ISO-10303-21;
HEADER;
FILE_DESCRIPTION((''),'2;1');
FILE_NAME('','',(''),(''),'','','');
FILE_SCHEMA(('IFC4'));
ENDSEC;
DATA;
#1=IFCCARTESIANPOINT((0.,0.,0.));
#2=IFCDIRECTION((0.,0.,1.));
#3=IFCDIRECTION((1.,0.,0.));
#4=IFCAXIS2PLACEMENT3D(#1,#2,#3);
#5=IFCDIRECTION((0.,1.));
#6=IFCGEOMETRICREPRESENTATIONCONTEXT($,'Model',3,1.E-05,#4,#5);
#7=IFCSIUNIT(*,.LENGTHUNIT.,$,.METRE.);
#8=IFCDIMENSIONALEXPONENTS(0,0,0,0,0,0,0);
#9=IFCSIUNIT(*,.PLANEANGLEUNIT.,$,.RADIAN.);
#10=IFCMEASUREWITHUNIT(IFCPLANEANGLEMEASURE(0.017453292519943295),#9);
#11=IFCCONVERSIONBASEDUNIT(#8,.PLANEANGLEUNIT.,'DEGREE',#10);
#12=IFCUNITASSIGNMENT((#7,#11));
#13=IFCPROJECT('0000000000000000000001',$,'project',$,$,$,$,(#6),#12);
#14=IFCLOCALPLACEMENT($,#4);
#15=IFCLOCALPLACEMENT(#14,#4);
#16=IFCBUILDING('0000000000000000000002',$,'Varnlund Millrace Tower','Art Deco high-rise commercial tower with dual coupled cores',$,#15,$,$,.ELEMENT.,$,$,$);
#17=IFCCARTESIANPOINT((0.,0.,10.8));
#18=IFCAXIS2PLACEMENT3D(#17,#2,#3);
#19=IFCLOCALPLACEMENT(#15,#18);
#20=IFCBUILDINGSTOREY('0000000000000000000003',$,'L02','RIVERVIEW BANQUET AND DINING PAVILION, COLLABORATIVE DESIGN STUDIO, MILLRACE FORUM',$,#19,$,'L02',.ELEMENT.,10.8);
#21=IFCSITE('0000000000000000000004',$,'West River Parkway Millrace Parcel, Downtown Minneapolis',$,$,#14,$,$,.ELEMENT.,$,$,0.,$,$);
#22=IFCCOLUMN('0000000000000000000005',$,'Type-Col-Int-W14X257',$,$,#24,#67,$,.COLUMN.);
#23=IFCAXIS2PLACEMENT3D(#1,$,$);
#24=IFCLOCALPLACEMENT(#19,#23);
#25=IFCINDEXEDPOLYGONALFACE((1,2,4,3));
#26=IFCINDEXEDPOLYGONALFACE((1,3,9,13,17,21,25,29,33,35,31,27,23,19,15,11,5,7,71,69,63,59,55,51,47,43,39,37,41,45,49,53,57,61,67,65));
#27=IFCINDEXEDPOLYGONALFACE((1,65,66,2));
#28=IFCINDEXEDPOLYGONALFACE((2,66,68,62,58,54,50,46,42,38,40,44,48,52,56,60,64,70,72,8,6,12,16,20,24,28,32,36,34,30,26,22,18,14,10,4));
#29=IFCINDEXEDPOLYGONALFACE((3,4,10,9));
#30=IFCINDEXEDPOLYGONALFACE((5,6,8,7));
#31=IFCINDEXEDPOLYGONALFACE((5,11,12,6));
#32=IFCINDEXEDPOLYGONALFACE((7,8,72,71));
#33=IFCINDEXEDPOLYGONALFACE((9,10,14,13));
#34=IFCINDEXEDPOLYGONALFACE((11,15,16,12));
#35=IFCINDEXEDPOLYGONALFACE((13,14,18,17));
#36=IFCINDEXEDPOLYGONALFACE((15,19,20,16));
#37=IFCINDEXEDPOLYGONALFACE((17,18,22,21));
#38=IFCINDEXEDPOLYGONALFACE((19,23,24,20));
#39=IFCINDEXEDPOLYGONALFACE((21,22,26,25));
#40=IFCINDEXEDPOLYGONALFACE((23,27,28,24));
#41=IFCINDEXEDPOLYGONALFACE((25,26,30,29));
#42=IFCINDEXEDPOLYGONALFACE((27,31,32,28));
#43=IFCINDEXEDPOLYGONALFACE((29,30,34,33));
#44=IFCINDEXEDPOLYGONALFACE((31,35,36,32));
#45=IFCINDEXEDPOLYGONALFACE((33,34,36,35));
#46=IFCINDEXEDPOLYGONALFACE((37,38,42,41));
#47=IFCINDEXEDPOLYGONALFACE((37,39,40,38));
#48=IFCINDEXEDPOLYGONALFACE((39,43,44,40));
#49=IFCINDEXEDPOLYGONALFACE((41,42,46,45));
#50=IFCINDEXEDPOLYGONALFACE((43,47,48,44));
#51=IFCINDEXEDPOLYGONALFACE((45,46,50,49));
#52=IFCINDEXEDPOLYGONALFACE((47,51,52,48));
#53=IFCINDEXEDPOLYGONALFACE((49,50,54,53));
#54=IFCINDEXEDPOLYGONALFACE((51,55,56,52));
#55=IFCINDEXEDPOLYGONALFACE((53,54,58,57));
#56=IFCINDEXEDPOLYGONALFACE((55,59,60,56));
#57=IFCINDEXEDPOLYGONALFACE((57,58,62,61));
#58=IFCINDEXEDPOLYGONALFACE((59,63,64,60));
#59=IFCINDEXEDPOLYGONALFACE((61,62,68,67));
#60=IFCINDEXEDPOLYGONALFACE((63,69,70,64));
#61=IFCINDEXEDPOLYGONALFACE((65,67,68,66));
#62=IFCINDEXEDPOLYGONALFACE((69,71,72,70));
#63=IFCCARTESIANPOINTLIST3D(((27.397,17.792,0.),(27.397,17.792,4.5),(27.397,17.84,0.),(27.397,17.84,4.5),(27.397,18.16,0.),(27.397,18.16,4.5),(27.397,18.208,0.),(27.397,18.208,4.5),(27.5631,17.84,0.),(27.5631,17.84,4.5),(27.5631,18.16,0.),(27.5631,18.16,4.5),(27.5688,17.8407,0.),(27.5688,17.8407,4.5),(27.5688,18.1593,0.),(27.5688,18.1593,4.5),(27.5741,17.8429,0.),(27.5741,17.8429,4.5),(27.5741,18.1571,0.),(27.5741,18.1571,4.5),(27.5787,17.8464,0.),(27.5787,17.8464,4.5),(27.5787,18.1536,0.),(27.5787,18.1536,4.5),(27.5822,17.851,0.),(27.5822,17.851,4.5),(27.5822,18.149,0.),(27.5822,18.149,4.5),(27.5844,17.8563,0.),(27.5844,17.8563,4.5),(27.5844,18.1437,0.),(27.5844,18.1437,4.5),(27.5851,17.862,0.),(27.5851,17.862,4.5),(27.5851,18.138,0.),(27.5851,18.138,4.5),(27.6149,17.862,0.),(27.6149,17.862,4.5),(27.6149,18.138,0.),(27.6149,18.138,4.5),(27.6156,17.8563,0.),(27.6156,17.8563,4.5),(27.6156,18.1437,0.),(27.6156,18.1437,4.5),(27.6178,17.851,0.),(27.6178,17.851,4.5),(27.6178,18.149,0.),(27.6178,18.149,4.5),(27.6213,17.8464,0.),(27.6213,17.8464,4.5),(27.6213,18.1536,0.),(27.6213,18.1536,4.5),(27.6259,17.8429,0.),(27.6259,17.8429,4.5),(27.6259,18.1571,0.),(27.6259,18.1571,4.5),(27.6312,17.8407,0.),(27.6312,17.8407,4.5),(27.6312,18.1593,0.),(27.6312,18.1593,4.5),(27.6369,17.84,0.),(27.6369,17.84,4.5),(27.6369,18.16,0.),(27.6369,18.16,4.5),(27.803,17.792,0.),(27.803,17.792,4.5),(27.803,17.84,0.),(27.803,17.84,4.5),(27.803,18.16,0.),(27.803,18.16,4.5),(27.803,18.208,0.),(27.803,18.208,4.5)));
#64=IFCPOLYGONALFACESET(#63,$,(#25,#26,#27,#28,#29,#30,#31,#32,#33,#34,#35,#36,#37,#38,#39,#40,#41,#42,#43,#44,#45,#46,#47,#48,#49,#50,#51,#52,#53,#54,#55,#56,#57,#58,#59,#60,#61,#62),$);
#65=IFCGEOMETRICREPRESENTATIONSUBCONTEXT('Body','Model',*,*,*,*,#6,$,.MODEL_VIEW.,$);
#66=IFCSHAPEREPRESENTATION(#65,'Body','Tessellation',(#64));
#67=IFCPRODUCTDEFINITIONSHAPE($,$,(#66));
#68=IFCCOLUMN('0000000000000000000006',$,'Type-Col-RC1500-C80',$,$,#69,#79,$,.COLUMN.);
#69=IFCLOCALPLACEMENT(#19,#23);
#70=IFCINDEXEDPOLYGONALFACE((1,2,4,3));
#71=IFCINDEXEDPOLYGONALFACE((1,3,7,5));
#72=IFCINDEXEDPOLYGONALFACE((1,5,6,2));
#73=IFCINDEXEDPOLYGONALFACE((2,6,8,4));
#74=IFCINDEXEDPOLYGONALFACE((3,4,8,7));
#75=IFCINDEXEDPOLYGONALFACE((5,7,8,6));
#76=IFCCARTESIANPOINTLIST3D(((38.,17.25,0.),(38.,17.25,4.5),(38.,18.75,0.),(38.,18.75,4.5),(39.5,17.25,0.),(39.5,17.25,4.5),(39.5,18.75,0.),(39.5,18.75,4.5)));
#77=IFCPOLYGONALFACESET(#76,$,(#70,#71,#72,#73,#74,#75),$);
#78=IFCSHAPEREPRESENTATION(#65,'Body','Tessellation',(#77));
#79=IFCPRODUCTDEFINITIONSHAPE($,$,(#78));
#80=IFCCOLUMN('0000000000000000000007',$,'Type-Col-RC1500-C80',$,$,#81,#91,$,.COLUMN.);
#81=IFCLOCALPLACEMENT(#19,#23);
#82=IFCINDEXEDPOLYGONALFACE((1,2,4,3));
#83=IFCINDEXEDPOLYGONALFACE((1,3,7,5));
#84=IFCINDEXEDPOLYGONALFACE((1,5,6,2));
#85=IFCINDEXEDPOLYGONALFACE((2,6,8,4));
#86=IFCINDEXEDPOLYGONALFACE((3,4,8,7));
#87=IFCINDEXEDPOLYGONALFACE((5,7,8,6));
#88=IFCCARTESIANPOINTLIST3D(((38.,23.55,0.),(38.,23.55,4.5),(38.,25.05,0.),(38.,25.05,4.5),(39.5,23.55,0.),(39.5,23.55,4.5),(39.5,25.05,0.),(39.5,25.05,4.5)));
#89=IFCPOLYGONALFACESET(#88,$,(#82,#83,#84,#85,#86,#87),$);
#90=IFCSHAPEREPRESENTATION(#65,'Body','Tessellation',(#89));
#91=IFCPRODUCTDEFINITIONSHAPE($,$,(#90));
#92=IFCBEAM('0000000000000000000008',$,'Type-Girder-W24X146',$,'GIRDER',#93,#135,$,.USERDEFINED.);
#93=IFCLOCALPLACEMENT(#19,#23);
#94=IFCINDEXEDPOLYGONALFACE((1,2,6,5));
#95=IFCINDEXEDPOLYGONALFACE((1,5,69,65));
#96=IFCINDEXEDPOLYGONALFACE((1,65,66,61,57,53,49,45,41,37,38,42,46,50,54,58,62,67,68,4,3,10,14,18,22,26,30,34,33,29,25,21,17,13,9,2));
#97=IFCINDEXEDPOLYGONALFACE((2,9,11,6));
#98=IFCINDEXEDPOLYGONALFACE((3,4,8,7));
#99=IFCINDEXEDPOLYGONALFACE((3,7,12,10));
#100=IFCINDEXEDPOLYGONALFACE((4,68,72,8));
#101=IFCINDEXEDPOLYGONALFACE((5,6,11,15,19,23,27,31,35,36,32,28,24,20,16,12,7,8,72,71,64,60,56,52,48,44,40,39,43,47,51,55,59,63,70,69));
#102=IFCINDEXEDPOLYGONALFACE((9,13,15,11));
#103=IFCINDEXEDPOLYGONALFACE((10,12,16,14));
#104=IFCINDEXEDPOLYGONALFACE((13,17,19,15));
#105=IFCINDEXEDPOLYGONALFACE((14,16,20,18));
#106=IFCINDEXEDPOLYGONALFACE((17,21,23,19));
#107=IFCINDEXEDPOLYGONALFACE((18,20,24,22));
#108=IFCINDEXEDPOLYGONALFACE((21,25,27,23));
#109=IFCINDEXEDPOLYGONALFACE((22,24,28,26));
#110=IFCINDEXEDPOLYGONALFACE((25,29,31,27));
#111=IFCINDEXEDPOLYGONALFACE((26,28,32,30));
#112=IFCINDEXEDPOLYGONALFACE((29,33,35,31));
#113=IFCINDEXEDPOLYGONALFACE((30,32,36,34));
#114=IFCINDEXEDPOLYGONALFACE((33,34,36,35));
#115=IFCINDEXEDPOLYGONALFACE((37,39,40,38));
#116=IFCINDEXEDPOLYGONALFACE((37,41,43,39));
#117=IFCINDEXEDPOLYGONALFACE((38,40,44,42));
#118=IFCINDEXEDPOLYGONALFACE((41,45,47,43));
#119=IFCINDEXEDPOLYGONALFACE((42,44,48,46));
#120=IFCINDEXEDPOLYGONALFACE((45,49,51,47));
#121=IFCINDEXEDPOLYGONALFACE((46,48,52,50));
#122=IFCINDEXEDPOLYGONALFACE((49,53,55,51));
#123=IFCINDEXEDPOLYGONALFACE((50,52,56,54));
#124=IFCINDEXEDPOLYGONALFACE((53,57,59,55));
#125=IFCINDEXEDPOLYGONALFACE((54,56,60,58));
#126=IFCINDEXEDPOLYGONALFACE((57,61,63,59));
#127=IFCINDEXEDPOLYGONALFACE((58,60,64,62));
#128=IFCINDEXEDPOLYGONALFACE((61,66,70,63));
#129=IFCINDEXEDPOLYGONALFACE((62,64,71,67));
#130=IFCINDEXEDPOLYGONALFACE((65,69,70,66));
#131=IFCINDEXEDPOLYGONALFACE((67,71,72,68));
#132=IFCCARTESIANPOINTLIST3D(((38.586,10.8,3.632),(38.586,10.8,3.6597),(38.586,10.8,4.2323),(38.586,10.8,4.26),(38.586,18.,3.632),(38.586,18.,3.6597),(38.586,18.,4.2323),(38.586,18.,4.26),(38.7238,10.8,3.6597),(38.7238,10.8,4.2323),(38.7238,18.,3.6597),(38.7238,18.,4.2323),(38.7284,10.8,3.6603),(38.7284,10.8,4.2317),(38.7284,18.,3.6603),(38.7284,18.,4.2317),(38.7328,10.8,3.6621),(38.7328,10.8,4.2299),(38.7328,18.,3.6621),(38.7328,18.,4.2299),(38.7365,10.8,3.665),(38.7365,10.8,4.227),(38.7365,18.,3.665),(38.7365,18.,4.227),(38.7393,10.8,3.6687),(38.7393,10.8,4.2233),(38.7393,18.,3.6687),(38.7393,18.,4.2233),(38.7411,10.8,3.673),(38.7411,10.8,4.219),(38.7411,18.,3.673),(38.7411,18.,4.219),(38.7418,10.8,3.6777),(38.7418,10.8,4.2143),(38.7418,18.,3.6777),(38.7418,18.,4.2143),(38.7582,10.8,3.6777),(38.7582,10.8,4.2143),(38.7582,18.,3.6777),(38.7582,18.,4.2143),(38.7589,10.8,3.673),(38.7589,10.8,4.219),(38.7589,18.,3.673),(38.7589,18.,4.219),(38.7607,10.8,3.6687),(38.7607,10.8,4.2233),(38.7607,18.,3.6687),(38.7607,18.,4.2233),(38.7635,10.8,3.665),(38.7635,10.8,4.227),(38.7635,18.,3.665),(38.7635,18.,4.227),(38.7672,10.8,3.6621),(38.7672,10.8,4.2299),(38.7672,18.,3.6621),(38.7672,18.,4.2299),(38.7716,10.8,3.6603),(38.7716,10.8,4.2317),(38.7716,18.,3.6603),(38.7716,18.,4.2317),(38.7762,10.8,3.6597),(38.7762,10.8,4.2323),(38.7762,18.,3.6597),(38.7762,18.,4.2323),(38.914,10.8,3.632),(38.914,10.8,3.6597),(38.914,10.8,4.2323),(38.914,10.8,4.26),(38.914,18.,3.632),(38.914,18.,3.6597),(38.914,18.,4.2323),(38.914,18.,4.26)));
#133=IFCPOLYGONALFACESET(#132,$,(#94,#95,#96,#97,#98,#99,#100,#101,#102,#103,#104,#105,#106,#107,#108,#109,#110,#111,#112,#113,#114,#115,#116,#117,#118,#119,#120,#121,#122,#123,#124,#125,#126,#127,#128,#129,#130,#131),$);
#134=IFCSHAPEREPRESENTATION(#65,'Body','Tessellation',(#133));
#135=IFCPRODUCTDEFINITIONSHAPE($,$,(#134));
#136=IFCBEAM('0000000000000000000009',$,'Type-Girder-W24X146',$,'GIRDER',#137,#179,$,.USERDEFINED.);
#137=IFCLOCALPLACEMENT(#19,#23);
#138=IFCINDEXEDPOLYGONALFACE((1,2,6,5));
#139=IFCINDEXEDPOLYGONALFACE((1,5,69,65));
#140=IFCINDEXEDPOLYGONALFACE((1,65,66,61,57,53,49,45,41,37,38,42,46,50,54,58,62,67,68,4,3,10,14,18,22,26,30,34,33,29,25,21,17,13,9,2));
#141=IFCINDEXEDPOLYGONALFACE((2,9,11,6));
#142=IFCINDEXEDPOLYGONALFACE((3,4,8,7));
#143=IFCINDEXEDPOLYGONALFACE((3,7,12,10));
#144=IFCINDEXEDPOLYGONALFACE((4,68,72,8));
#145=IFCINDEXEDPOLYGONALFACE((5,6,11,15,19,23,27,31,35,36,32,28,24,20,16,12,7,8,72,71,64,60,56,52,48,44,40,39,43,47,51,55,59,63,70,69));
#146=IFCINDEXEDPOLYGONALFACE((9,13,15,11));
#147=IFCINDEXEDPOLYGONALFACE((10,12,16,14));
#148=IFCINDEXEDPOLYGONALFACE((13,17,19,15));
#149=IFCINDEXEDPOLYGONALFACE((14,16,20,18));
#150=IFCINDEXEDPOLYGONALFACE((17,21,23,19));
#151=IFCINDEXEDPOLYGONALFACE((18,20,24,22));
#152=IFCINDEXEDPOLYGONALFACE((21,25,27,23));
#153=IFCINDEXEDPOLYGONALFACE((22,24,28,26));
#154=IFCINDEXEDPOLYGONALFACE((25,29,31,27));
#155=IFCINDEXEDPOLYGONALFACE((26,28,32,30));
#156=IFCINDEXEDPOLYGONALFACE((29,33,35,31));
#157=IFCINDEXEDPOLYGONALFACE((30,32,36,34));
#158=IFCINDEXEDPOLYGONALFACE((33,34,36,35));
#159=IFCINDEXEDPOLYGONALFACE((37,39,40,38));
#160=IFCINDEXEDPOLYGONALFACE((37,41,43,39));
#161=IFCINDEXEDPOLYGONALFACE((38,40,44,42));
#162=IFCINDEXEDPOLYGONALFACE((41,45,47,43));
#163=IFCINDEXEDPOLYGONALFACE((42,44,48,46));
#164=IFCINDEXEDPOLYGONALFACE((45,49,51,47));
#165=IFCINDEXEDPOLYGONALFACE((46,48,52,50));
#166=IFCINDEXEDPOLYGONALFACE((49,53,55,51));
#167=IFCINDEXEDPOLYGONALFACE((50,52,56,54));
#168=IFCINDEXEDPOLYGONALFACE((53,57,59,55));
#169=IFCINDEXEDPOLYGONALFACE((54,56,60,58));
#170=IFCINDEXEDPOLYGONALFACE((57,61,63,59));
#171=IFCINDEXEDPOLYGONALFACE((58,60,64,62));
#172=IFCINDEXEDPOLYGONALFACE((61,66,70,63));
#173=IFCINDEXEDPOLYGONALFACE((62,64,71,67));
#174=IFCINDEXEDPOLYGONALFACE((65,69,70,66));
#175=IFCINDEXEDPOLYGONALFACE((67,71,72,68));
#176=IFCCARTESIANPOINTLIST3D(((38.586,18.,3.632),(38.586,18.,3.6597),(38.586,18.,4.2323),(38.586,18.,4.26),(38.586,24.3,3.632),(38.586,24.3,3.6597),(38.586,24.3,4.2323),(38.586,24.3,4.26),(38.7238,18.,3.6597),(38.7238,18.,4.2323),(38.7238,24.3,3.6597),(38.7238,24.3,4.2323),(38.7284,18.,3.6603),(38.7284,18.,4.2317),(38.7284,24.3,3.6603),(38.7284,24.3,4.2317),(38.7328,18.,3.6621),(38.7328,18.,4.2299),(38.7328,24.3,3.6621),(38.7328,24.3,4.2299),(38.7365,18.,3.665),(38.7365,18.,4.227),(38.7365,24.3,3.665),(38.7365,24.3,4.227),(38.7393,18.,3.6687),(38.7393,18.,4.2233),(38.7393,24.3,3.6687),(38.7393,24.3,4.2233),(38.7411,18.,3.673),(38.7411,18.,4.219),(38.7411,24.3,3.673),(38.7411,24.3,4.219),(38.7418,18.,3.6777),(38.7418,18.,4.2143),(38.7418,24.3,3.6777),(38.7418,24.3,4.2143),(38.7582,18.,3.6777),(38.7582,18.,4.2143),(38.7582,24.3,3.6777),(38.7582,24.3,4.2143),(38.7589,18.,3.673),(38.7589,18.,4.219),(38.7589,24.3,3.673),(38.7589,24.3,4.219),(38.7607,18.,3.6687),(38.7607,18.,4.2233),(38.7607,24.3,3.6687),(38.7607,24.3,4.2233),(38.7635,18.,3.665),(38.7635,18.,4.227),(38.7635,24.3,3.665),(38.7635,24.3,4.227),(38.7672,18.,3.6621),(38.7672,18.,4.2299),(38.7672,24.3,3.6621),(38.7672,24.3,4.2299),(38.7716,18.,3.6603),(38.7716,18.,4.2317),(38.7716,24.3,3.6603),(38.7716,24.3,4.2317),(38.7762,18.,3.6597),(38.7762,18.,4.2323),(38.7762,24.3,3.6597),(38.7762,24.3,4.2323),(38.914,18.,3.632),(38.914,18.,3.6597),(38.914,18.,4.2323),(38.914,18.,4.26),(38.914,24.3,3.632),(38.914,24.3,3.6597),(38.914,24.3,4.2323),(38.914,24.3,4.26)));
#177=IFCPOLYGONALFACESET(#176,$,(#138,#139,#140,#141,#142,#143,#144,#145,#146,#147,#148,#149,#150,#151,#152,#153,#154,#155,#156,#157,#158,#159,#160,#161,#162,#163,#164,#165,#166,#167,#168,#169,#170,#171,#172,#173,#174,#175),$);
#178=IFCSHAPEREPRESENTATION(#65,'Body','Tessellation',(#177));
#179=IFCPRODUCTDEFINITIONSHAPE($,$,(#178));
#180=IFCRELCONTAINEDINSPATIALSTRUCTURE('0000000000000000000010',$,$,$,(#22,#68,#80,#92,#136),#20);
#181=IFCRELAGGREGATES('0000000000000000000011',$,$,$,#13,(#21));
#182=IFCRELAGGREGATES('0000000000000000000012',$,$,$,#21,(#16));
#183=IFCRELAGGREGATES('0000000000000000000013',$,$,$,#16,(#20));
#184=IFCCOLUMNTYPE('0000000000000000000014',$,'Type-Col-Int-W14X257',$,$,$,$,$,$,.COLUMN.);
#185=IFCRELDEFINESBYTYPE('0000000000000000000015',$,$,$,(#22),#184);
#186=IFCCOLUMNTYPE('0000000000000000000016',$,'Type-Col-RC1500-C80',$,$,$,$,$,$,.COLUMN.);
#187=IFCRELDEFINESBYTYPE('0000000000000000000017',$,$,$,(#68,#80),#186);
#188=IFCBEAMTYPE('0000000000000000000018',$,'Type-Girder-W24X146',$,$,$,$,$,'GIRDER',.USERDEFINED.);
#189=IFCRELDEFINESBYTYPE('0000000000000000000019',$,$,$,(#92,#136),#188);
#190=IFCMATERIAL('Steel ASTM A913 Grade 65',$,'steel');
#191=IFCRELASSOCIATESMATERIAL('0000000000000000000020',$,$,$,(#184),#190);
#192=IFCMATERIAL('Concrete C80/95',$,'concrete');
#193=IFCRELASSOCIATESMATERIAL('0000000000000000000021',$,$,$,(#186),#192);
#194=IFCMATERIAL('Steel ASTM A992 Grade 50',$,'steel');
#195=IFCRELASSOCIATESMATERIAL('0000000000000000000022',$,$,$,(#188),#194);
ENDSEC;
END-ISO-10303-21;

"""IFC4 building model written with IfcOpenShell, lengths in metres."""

from ifc_helpers import new_model, entity, si_unit, converted_unit, direction, frame, origin_with_axes, origin_2d_with_axis, place, context, subcontext, project, spatial, rectangle, i_section, extrude, material, material_profile, profile_set, type_object, element, save


model = new_model("IFC4")

# Units and contexts
model_context = context("Model", 3, precision=1e-05, world=origin_with_axes(), true_north=direction((0.0, 1.0)))
body_context = subcontext(model_context, "Body", "Model", "MODEL_VIEW")
ifc_project = project(units=[si_unit("LENGTHUNIT", "METRE"), converted_unit("PLANEANGLEUNIT", "DEGREE", entity("IfcPlaneAngleMeasure", 0.017453292519943295), si_unit("PLANEANGLEUNIT", "RADIAN"), dimensions=[0, 0, 0, 0, 0, 0, 0])], contexts=[model_context])

# Site, building, storey
site_placement = place(None, origin_with_axes())
site = spatial("IfcSite", under=ifc_project, at=site_placement, Name="West River Parkway Millrace Parcel, Downtown Minneapolis", CompositionType="ELEMENT", RefElevation=0.0)
building_placement = place(site_placement, origin_with_axes())
building = spatial("IfcBuilding", under=site, at=building_placement, Name="Varnlund Millrace Tower", Description="Art Deco high-rise commercial tower with dual coupled cores", CompositionType="ELEMENT")
storey_placement = place(building_placement, frame((0.0, 0.0, 10.8), z_axis=(0.0, 0.0, 1.0), x_axis=(1.0, 0.0, 0.0)))
storey = spatial("IfcBuildingStorey", under=building, at=storey_placement, Name="L02", Description="RIVERVIEW BANQUET AND DINING PAVILION, COLLABORATIVE DESIGN STUDIO, MILLRACE FORUM", LongName="L02", CompositionType="ELEMENT", Elevation=10.8)

# Columns
ifc_material_1 = material(Name="Steel ASTM A913 Grade 65", Category="steel")
ifc_material_profile_1 = material_profile(ifc_material_1, i_section(OverallWidth=0.406, OverallDepth=0.416, WebThickness=0.0298, FlangeThickness=0.048, FilletRadius=0.022, at=origin_2d_with_axis()), Name="Steel ASTM A913 Grade 65")
ifc_profile_set_1 = profile_set([ifc_material_profile_1], Name="Steel ASTM A913 Grade 65")
column_type_1 = type_object("IfcColumnType", Name="Type-Col-Int-W14X257", PredefinedType="COLUMN", material=ifc_profile_set_1)
column_placement = place(storey_placement, frame((27.6, 18.0, 0.0), z_axis=(0.0, 0.0, 1.0), x_axis=(1.0, 0.0, 0.0)))
element("IfcColumn", 1, at=column_placement, inside=storey, type_object=column_type_1, Name="Type-Col-Int-W14X257", PredefinedType="COLUMN", context=body_context, shape_type="SweptSolid", body=[
    extrude(i_section(OverallWidth=0.406, OverallDepth=0.416, WebThickness=0.0298, FlangeThickness=0.048, FilletRadius=0.022, at=origin_2d_with_axis()), origin_with_axes(), (0.0, 0.0, 1.0), 4.5),
])
ifc_material_2 = material(Name="Concrete C80/95", Category="concrete")
ifc_material_profile_2 = material_profile(ifc_material_2, rectangle(XDim=1.5, YDim=1.5, at=origin_2d_with_axis()), Name="Concrete C80/95")
ifc_profile_set_2 = profile_set([ifc_material_profile_2], Name="Concrete C80/95")
column_type_2 = type_object("IfcColumnType", Name="Type-Col-RC1500-C80", PredefinedType="COLUMN", material=ifc_profile_set_2)
for number, where, z_axis, x_axis, name in (
    (2, (38.75, 18.0, 0.0), (0.0, 0.0, 1.0), (1.0, 0.0, 0.0), "Type-Col-RC1500-C80"),
    (3, (38.75, 24.3, 0.0), (0.0, 0.0, 1.0), (1.0, 0.0, 0.0), "Type-Col-RC1500-C80"),
):
    element("IfcColumn", number, at=place(storey_placement, frame(where, z_axis=z_axis, x_axis=x_axis)), inside=storey, type_object=column_type_2, Name=name, PredefinedType="COLUMN", context=body_context, shape_type="SweptSolid", body=[
        extrude(rectangle(XDim=1.5, YDim=1.5, at=origin_2d_with_axis()), origin_with_axes(), (0.0, 0.0, 1.0), 4.5),
    ])

# Beams
ifc_material_3 = material(Name="Steel ASTM A992 Grade 50", Category="steel")
ifc_material_profile_3 = material_profile(ifc_material_3, i_section(OverallWidth=0.328, OverallDepth=0.628, WebThickness=0.0165, FlangeThickness=0.0277, FilletRadius=0.018, at=origin_2d_with_axis()), Name="Steel ASTM A992 Grade 50")
ifc_profile_set_3 = profile_set([ifc_material_profile_3], Name="Steel ASTM A992 Grade 50")
beam_type_1 = type_object("IfcBeamType", Name="Type-Girder-W24X146", ElementType="GIRDER", PredefinedType="USERDEFINED", material=ifc_profile_set_3)
beam_1_placement = place(storey_placement, frame((38.75, 10.8, 3.946), z_axis=(0.0, 1.0, 0.0), x_axis=(-1.0, 0.0, 0.0)))
element("IfcBeam", 4, at=beam_1_placement, inside=storey, type_object=beam_type_1, Name="Type-Girder-W24X146", ObjectType="GIRDER", PredefinedType="USERDEFINED", context=body_context, shape_type="SweptSolid", body=[
    extrude(i_section(OverallWidth=0.328, OverallDepth=0.628, WebThickness=0.0165, FlangeThickness=0.0277, FilletRadius=0.018, at=origin_2d_with_axis()), origin_with_axes(), (0.0, 0.0, 1.0), 7.2),
])
beam_2_placement = place(storey_placement, frame((38.75, 18.0, 3.946), z_axis=(0.0, 1.0, 0.0), x_axis=(-1.0, 0.0, 0.0)))
element("IfcBeam", 5, at=beam_2_placement, inside=storey, type_object=beam_type_1, Name="Type-Girder-W24X146", ObjectType="GIRDER", PredefinedType="USERDEFINED", context=body_context, shape_type="SweptSolid", body=[
    extrude(i_section(OverallWidth=0.328, OverallDepth=0.628, WebThickness=0.0165, FlangeThickness=0.0277, FilletRadius=0.018, at=origin_2d_with_axis()), origin_with_axes(), (0.0, 0.0, 1.0), 6.3),
])

save(model, "model.ifc")
